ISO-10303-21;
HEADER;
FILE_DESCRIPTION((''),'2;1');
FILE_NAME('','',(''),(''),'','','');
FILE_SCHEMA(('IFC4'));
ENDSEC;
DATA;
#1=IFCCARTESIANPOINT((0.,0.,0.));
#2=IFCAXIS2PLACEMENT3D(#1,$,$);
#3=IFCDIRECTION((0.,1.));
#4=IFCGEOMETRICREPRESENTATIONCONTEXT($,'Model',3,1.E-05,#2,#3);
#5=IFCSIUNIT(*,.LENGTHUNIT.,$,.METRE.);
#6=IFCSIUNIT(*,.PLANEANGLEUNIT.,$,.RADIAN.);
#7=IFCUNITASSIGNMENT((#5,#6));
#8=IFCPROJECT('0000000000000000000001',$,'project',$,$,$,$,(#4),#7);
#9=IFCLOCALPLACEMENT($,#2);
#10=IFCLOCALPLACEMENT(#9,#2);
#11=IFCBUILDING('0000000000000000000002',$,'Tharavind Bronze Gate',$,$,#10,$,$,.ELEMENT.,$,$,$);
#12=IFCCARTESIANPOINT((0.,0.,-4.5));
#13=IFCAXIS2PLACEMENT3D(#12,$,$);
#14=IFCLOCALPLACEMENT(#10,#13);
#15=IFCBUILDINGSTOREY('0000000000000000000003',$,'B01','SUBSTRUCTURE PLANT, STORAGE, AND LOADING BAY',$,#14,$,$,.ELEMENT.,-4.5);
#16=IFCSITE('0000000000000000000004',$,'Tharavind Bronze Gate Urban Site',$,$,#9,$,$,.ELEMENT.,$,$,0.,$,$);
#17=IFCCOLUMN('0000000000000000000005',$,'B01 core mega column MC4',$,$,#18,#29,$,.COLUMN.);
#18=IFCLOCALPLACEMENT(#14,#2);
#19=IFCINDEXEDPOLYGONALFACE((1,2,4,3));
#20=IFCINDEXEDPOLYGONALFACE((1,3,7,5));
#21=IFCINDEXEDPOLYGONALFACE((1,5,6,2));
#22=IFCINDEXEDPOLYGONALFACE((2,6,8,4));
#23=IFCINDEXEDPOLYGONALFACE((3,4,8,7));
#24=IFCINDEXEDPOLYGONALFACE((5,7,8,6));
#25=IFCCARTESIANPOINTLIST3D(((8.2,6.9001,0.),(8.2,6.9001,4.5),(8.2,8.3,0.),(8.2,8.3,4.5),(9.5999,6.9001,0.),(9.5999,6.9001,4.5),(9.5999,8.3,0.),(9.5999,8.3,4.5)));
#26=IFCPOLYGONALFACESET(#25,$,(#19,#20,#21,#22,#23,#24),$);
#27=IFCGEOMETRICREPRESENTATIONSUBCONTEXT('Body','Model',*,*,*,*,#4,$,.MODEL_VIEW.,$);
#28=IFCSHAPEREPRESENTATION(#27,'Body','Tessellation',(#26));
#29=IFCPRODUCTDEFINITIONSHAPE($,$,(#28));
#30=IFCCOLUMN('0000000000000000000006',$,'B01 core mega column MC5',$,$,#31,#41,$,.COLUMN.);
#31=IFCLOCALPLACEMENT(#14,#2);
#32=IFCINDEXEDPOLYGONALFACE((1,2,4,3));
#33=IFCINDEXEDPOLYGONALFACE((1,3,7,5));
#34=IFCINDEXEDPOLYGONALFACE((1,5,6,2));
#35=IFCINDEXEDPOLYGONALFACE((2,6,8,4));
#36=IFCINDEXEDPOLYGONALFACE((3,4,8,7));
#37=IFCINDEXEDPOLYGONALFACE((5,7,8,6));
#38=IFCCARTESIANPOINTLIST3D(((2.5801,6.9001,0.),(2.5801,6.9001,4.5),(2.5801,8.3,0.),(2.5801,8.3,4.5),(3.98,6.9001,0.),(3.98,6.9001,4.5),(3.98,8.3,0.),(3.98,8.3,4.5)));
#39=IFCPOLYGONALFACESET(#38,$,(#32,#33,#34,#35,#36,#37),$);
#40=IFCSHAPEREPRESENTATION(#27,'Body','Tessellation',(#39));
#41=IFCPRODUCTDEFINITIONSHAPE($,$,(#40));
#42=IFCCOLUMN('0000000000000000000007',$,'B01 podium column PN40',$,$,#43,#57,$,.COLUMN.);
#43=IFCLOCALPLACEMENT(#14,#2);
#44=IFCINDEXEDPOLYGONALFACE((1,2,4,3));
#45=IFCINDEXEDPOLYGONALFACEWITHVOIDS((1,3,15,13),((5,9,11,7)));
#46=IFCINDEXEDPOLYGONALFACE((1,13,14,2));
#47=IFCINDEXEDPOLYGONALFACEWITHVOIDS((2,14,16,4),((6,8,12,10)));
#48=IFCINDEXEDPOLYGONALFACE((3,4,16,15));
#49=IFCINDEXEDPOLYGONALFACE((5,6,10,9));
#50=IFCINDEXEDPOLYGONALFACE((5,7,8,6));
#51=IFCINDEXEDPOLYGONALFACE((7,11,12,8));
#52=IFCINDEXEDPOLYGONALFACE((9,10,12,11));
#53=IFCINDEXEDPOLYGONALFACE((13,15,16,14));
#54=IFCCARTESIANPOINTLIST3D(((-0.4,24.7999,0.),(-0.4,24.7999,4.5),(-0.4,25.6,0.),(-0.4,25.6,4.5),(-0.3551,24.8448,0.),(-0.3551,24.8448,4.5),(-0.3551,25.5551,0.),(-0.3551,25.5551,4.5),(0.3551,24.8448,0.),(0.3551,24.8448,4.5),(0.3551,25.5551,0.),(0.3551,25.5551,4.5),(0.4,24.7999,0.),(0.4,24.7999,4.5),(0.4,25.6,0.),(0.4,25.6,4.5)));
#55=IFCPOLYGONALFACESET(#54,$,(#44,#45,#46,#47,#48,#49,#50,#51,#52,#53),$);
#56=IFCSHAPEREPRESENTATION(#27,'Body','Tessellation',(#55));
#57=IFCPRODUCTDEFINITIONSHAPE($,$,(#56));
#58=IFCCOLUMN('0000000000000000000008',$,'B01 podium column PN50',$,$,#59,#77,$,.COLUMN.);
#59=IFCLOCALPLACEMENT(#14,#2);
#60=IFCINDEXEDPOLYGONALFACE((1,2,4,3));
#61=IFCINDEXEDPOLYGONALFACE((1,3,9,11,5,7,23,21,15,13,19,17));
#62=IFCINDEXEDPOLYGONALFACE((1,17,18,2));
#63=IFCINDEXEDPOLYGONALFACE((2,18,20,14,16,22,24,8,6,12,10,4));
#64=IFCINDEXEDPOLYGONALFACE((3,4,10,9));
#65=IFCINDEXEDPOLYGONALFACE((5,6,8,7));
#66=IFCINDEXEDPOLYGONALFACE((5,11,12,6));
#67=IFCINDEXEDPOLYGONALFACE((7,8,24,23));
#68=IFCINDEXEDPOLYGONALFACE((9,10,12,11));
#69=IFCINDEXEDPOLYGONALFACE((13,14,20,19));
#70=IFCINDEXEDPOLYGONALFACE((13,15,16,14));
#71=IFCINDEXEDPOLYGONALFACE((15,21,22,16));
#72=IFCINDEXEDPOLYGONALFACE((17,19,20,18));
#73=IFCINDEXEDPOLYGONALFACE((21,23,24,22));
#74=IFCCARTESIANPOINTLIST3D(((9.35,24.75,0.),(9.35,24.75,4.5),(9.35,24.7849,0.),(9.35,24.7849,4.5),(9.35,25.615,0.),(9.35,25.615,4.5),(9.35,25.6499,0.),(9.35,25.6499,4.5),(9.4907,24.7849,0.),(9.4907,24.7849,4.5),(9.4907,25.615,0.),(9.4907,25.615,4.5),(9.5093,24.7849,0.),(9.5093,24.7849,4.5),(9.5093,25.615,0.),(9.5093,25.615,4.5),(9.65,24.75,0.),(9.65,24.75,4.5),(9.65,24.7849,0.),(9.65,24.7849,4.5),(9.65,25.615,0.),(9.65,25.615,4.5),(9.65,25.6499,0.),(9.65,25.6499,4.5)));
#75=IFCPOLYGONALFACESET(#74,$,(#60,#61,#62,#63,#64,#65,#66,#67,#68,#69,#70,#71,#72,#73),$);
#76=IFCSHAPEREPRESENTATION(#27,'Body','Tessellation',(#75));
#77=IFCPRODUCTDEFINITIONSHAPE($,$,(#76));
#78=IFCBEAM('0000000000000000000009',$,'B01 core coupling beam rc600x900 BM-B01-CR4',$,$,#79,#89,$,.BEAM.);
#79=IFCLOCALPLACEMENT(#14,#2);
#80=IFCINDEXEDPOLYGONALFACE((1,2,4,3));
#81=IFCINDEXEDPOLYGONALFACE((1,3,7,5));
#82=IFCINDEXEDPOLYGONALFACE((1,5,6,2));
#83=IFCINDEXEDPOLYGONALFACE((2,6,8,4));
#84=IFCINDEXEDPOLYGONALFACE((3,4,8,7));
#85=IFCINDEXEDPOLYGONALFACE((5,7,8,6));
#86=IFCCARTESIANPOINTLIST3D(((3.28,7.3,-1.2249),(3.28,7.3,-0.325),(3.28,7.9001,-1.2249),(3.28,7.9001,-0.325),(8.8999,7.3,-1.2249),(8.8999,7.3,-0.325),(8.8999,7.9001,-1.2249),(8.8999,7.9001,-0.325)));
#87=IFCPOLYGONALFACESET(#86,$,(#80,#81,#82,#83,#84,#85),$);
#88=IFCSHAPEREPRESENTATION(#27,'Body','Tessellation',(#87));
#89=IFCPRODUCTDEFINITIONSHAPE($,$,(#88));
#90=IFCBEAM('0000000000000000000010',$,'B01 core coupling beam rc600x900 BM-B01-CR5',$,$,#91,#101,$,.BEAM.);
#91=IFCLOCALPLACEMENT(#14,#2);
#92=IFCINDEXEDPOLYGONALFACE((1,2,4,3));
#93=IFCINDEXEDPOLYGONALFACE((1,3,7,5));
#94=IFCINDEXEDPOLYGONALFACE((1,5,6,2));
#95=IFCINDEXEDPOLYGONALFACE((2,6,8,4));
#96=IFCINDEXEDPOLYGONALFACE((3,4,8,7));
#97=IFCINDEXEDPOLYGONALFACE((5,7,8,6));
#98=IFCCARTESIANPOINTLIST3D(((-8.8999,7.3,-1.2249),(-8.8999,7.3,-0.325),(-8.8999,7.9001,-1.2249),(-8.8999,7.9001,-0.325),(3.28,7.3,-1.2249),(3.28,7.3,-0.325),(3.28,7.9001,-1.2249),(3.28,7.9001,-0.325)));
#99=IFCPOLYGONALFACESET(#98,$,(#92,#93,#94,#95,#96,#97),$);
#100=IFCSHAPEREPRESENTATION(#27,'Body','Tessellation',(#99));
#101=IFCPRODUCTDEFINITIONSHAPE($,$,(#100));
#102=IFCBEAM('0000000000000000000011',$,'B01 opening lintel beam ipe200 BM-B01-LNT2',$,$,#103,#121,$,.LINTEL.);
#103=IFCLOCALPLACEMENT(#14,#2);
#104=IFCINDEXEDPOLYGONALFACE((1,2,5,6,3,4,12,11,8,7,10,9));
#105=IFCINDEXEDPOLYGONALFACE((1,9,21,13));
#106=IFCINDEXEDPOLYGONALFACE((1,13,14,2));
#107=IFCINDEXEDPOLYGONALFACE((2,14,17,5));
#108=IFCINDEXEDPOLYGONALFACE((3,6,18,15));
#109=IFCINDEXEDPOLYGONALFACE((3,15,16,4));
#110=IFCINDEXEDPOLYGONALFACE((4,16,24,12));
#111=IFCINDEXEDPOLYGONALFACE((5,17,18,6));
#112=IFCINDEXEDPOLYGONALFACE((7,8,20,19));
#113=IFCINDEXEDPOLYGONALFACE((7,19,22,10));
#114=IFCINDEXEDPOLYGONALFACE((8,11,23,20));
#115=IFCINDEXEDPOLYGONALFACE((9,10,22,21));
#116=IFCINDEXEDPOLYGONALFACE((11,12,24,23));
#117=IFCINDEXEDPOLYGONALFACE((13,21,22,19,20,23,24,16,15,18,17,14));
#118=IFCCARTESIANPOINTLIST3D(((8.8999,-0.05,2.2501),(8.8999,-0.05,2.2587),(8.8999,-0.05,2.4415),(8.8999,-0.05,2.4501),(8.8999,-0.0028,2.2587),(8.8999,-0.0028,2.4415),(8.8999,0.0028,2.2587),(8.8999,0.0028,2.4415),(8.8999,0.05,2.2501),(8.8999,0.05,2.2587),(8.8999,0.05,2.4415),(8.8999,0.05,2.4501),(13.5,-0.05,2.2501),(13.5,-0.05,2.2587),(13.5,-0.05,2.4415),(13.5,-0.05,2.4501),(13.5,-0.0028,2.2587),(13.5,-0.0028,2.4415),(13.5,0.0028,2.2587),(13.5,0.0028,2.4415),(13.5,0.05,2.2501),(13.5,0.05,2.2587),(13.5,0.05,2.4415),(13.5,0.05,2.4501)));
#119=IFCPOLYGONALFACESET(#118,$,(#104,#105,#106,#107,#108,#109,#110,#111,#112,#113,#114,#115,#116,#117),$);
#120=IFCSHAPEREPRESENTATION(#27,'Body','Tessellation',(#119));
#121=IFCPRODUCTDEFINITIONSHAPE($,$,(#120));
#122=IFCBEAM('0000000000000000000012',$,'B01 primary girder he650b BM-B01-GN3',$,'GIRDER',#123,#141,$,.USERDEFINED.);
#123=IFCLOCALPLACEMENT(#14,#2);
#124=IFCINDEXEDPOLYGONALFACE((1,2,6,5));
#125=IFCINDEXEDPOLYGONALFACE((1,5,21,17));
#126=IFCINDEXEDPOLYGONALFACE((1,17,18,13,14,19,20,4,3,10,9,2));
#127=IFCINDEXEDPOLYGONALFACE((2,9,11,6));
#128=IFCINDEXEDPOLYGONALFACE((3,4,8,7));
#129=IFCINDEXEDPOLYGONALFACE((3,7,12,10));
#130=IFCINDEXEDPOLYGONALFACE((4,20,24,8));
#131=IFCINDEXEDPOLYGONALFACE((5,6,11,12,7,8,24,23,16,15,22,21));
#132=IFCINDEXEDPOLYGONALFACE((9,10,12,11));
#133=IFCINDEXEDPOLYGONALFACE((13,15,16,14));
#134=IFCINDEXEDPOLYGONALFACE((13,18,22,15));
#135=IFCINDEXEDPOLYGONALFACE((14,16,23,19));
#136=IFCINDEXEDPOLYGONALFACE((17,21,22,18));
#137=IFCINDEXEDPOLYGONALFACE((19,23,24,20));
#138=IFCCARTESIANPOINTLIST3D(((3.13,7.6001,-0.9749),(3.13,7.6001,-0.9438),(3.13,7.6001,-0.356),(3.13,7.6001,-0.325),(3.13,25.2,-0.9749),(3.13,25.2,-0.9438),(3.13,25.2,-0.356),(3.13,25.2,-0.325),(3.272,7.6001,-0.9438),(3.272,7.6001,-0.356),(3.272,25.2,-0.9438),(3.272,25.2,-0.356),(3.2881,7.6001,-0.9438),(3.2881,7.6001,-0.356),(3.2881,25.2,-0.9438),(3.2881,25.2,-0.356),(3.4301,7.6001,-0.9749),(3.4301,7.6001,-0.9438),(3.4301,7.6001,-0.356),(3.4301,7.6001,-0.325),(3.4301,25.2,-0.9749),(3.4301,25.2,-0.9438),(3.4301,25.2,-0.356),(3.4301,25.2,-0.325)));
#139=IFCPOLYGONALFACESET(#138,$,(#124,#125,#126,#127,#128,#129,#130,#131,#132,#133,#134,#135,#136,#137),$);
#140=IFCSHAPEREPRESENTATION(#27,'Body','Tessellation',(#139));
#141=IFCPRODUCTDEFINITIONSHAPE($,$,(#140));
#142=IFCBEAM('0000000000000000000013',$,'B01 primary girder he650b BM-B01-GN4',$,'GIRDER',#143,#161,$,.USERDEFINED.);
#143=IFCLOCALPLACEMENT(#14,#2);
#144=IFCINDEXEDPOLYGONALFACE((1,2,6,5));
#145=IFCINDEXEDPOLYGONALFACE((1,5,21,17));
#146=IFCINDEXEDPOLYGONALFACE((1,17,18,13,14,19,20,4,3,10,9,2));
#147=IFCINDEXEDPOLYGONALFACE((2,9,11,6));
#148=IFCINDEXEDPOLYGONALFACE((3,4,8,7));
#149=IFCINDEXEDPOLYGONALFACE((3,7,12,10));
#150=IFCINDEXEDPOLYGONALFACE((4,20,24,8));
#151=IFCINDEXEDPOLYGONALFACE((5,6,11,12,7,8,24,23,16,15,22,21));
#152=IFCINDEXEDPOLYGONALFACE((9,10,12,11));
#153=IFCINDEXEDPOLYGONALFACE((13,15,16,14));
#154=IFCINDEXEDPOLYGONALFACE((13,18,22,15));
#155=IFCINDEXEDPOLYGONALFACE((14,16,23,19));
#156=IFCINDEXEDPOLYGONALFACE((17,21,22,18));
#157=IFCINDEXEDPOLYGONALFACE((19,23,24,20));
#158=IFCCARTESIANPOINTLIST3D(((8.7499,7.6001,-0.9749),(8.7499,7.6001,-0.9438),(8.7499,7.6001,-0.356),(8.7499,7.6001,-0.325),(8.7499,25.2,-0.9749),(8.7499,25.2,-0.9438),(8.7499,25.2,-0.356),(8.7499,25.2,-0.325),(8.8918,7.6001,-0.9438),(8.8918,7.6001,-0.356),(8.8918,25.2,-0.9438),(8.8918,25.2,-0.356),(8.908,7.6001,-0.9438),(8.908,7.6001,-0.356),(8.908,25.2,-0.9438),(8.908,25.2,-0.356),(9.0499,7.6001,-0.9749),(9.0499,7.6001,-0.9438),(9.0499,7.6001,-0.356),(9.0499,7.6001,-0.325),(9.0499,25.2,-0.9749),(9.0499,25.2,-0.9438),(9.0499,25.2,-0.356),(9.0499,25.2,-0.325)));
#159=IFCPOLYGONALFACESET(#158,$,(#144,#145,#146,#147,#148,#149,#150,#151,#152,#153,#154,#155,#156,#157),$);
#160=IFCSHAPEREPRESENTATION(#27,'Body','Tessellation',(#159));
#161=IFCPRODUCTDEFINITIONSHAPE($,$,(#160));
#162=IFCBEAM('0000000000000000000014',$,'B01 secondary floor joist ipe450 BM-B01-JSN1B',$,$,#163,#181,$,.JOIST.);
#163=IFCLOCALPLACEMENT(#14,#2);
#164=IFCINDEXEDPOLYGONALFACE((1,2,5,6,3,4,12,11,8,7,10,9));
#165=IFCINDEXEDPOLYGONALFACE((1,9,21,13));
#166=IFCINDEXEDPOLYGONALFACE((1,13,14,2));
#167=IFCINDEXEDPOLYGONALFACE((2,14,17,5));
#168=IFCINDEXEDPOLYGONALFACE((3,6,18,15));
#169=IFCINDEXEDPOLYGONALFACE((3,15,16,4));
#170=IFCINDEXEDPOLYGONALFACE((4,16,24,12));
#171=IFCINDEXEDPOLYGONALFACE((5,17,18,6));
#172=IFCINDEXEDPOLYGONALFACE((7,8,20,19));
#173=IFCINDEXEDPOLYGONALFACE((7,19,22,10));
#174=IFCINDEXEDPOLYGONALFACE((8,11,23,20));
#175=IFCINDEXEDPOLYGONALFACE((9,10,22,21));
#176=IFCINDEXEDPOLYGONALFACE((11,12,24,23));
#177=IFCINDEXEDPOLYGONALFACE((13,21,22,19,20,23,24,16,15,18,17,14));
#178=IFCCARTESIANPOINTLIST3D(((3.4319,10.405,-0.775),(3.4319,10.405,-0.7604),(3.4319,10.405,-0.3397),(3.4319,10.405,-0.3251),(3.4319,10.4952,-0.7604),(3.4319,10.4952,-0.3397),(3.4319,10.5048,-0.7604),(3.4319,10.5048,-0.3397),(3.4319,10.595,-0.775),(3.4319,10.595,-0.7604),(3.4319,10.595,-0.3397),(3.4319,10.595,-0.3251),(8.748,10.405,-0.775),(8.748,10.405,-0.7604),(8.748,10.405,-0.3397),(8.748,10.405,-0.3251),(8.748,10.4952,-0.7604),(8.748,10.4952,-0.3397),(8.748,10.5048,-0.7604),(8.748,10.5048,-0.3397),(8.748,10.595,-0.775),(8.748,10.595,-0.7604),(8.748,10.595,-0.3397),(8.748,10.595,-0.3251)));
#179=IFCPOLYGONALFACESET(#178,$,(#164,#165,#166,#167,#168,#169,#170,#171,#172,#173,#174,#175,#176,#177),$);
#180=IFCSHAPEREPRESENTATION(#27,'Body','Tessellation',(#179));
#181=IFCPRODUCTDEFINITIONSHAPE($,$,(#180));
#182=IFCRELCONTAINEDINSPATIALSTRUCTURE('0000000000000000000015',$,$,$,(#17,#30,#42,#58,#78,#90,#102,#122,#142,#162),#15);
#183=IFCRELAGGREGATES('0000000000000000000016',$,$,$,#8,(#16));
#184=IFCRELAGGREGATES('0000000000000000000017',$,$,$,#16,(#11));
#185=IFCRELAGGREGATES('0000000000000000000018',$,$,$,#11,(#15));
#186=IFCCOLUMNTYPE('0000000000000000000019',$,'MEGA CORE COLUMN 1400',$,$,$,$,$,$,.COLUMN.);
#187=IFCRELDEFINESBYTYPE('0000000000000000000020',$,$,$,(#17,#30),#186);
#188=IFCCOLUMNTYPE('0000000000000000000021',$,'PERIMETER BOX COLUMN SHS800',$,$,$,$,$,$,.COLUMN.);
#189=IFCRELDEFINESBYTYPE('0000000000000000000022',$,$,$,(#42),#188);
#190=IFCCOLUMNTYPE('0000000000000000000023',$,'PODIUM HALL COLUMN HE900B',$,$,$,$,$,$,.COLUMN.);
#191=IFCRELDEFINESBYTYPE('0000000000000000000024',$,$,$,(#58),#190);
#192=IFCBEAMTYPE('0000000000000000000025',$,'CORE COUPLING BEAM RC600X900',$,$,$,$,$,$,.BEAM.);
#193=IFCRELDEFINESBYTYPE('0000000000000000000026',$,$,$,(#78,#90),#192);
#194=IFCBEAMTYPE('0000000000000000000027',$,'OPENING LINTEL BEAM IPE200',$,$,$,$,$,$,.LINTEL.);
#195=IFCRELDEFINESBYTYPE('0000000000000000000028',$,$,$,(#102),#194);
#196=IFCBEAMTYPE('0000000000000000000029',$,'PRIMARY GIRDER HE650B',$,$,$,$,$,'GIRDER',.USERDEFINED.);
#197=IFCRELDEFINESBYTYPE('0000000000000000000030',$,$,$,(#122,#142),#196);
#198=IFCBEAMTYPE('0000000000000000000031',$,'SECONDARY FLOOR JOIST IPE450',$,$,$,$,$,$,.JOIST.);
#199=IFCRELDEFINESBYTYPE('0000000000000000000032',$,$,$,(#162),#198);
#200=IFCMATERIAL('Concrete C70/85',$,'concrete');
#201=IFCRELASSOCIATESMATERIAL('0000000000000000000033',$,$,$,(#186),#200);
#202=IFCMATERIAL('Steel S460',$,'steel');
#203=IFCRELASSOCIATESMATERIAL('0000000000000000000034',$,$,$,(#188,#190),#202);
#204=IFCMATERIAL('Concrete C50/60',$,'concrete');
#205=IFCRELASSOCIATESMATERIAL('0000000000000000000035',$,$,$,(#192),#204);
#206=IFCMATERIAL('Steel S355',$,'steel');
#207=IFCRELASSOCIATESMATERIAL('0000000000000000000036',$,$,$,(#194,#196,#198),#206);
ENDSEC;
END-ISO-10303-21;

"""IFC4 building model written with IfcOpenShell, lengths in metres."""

from ifc_helpers import new_model, si_unit, direction, frame, origin, origin_2d, place, context, subcontext, project, spatial, rectangle, hollow_rectangle, i_section, extrude, material, material_profile, profile_set, type_object, element, save


model = new_model("IFC4")

# Units and contexts
model_context = context("Model", 3, precision=1e-05, world=origin(), true_north=direction((0.0, 1.0)))
body_context = subcontext(model_context, "Body", "Model", "MODEL_VIEW")
ifc_project = project(units=[si_unit("LENGTHUNIT", "METRE"), si_unit("PLANEANGLEUNIT", "RADIAN")], contexts=[model_context])

# Site, building, storey
site_placement = place(None, origin())
site = spatial("IfcSite", under=ifc_project, at=site_placement, Name="Tharavind Bronze Gate Urban Site", CompositionType="ELEMENT", RefElevation=0.0)
building_placement = place(site_placement, origin())
building = spatial("IfcBuilding", under=site, at=building_placement, Name="Tharavind Bronze Gate", CompositionType="ELEMENT")
storey_placement = place(building_placement, frame((0.0, 0.0, -4.5)))
storey = spatial("IfcBuildingStorey", under=building, at=storey_placement, Name="B01", Description="SUBSTRUCTURE PLANT, STORAGE, AND LOADING BAY", CompositionType="ELEMENT", Elevation=-4.5)

# Columns
ifc_material_1 = material(Name="Concrete C70/85", Category="concrete")
ifc_material_profile_1 = material_profile(ifc_material_1, rectangle(XDim=1.3999, YDim=1.3999, at=origin_2d()), Name="RCCOL1400")
ifc_profile_set_1 = profile_set([ifc_material_profile_1], Name="Concrete C70/85")
column_type_1 = type_object("IfcColumnType", Name="MEGA CORE COLUMN 1400", PredefinedType="COLUMN", material=ifc_profile_set_1)
for number, where, z_axis, x_axis, name in (
    (1, (8.8999, 7.6001, 0.0), (0.0, 0.0, 1.0), (1.0, 0.0, 0.0), "B01 core mega column MC4"),
    (2, (3.28, 7.6001, 0.0), (0.0, 0.0, 1.0), (1.0, 0.0, 0.0), "B01 core mega column MC5"),
):
    element("IfcColumn", number, at=place(storey_placement, frame(where, z_axis=z_axis, x_axis=x_axis)), inside=storey, type_object=column_type_1, Name=name, PredefinedType="COLUMN", context=body_context, shape_type="SweptSolid", body=[
        extrude(rectangle(XDim=1.3999, YDim=1.3999, at=origin_2d()), origin(), (0.0, 0.0, 1.0), 4.5),
    ])
ifc_material_2 = material(Name="Steel S460", Category="steel")
ifc_material_profile_2 = material_profile(ifc_material_2, hollow_rectangle(XDim=0.8, YDim=0.8, WallThickness=0.0449, at=origin_2d()), Name="SHS800X45")
ifc_profile_set_2 = profile_set([ifc_material_profile_2], Name="Steel S460")
column_type_2 = type_object("IfcColumnType", Name="PERIMETER BOX COLUMN SHS800", PredefinedType="COLUMN", material=ifc_profile_set_2)
column_1_placement = place(storey_placement, frame((0.0, 25.2, 0.0), z_axis=(0.0, 0.0, 1.0), x_axis=(1.0, 0.0, 0.0)))
element("IfcColumn", 3, at=column_1_placement, inside=storey, type_object=column_type_2, Name="B01 podium column PN40", PredefinedType="COLUMN", context=body_context, shape_type="SweptSolid", body=[
    extrude(hollow_rectangle(XDim=0.8, YDim=0.8, WallThickness=0.0449, at=origin_2d()), origin(), (0.0, 0.0, 1.0), 4.5),
])
ifc_material_profile_3 = material_profile(ifc_material_2, i_section(OverallWidth=0.3, OverallDepth=0.8999, WebThickness=0.0186, FlangeThickness=0.0349, at=origin_2d()), Name="HE900B")
ifc_profile_set_3 = profile_set([ifc_material_profile_3], Name="Steel S460")
column_type_3 = type_object("IfcColumnType", Name="PODIUM HALL COLUMN HE900B", PredefinedType="COLUMN", material=ifc_profile_set_3)
column_2_placement = place(storey_placement, frame((9.5, 25.2, 0.0), z_axis=(0.0, 0.0, 1.0), x_axis=(1.0, 0.0, 0.0)))
element("IfcColumn", 4, at=column_2_placement, inside=storey, type_object=column_type_3, Name="B01 podium column PN50", PredefinedType="COLUMN", context=body_context, shape_type="SweptSolid", body=[
    extrude(i_section(OverallWidth=0.3, OverallDepth=0.8999, WebThickness=0.0186, FlangeThickness=0.0349, at=origin_2d()), origin(), (0.0, 0.0, 1.0), 4.5),
])

# Beams
ifc_material_3 = material(Name="Concrete C50/60", Category="concrete")
ifc_material_profile_4 = material_profile(ifc_material_3, rectangle(XDim=0.6001, YDim=0.8999, at=origin_2d()), Name="RCBM600X900")
ifc_profile_set_4 = profile_set([ifc_material_profile_4], Name="Concrete C50/60")
beam_type_1 = type_object("IfcBeamType", Name="CORE COUPLING BEAM RC600X900", PredefinedType="BEAM", material=ifc_profile_set_4)
beam_1_placement = place(storey_placement, frame((8.8999, 7.6001, -0.7749), z_axis=(-1.0, 0.0, 0.0), x_axis=(0.0, -1.0, 0.0)))
element("IfcBeam", 5, at=beam_1_placement, inside=storey, type_object=beam_type_1, Name="B01 core coupling beam rc600x900 BM-B01-CR4", PredefinedType="BEAM", context=body_context, shape_type="SweptSolid", body=[
    extrude(rectangle(XDim=0.6001, YDim=0.8999, at=origin_2d()), origin(), (0.0, 0.0, 1.0), 5.6199),
])
beam_2_placement = place(storey_placement, frame((3.28, 7.6001, -0.7749), z_axis=(-1.0, 0.0, 0.0), x_axis=(0.0, -1.0, 0.0)))
element("IfcBeam", 6, at=beam_2_placement, inside=storey, type_object=beam_type_1, Name="B01 core coupling beam rc600x900 BM-B01-CR5", PredefinedType="BEAM", context=body_context, shape_type="SweptSolid", body=[
    extrude(rectangle(XDim=0.6001, YDim=0.8999, at=origin_2d()), origin(), (0.0, 0.0, 1.0), 12.1799),
])
ifc_material_4 = material(Name="Steel S355", Category="steel")
ifc_material_profile_5 = material_profile(ifc_material_4, i_section(OverallWidth=0.1001, OverallDepth=0.2, WebThickness=0.0056, FlangeThickness=0.0085, at=origin_2d()), Name="IPE200")
ifc_profile_set_5 = profile_set([ifc_material_profile_5], Name="Steel S355")
beam_type_2 = type_object("IfcBeamType", Name="OPENING LINTEL BEAM IPE200", PredefinedType="LINTEL", material=ifc_profile_set_5)
beam_3_placement = place(storey_placement, frame((8.8999, 0.0, 2.3501), z_axis=(1.0, 0.0, 0.0), x_axis=(0.0, 1.0, 0.0)))
element("IfcBeam", 7, at=beam_3_placement, inside=storey, type_object=beam_type_2, Name="B01 opening lintel beam ipe200 BM-B01-LNT2", PredefinedType="LINTEL", context=body_context, shape_type="SweptSolid", body=[
    extrude(i_section(OverallWidth=0.1001, OverallDepth=0.2, WebThickness=0.0056, FlangeThickness=0.0085, at=origin_2d()), origin(), (0.0, 0.0, 1.0), 4.6001),
])
ifc_material_profile_6 = material_profile(ifc_material_4, i_section(OverallWidth=0.3, OverallDepth=0.6499, WebThickness=0.0161, FlangeThickness=0.031, at=origin_2d()), Name="HE650B")
ifc_profile_set_6 = profile_set([ifc_material_profile_6], Name="Steel S355")
beam_type_3 = type_object("IfcBeamType", Name="PRIMARY GIRDER HE650B", ElementType="GIRDER", PredefinedType="USERDEFINED", material=ifc_profile_set_6)
for number, where, z_axis, x_axis, name in (
    (8, (3.28, 25.2, -0.6499), (0.0, -1.0, 0.0), (1.0, 0.0, 0.0), "B01 primary girder he650b BM-B01-GN3"),
    (9, (8.8999, 25.2, -0.6499), (0.0, -1.0, 0.0), (1.0, 0.0, 0.0), "B01 primary girder he650b BM-B01-GN4"),
):
    element("IfcBeam", number, at=place(storey_placement, frame(where, z_axis=z_axis, x_axis=x_axis)), inside=storey, type_object=beam_type_3, Name=name, ObjectType="GIRDER", PredefinedType="USERDEFINED", context=body_context, shape_type="SweptSolid", body=[
        extrude(i_section(OverallWidth=0.3, OverallDepth=0.6499, WebThickness=0.0161, FlangeThickness=0.031, at=origin_2d()), origin(), (0.0, 0.0, 1.0), 17.5999),
    ])
ifc_material_profile_7 = material_profile(ifc_material_4, i_section(OverallWidth=0.1899, OverallDepth=0.45, WebThickness=0.0095, FlangeThickness=0.0146, at=origin_2d()), Name="IPE450")
ifc_profile_set_7 = profile_set([ifc_material_profile_7], Name="Steel S355")
beam_type_4 = type_object("IfcBeamType", Name="SECONDARY FLOOR JOIST IPE450", PredefinedType="JOIST", material=ifc_profile_set_7)
beam_4_placement = place(storey_placement, frame((3.4319, 10.5, -0.55), z_axis=(1.0, 0.0, 0.0), x_axis=(0.0, 1.0, 0.0)))
element("IfcBeam", 10, at=beam_4_placement, inside=storey, type_object=beam_type_4, Name="B01 secondary floor joist ipe450 BM-B01-JSN1B", PredefinedType="JOIST", context=body_context, shape_type="SweptSolid", body=[
    extrude(i_section(OverallWidth=0.1899, OverallDepth=0.45, WebThickness=0.0095, FlangeThickness=0.0146, at=origin_2d()), origin(), (0.0, 0.0, 1.0), 5.3162),
])

save(model, "model.ifc")
